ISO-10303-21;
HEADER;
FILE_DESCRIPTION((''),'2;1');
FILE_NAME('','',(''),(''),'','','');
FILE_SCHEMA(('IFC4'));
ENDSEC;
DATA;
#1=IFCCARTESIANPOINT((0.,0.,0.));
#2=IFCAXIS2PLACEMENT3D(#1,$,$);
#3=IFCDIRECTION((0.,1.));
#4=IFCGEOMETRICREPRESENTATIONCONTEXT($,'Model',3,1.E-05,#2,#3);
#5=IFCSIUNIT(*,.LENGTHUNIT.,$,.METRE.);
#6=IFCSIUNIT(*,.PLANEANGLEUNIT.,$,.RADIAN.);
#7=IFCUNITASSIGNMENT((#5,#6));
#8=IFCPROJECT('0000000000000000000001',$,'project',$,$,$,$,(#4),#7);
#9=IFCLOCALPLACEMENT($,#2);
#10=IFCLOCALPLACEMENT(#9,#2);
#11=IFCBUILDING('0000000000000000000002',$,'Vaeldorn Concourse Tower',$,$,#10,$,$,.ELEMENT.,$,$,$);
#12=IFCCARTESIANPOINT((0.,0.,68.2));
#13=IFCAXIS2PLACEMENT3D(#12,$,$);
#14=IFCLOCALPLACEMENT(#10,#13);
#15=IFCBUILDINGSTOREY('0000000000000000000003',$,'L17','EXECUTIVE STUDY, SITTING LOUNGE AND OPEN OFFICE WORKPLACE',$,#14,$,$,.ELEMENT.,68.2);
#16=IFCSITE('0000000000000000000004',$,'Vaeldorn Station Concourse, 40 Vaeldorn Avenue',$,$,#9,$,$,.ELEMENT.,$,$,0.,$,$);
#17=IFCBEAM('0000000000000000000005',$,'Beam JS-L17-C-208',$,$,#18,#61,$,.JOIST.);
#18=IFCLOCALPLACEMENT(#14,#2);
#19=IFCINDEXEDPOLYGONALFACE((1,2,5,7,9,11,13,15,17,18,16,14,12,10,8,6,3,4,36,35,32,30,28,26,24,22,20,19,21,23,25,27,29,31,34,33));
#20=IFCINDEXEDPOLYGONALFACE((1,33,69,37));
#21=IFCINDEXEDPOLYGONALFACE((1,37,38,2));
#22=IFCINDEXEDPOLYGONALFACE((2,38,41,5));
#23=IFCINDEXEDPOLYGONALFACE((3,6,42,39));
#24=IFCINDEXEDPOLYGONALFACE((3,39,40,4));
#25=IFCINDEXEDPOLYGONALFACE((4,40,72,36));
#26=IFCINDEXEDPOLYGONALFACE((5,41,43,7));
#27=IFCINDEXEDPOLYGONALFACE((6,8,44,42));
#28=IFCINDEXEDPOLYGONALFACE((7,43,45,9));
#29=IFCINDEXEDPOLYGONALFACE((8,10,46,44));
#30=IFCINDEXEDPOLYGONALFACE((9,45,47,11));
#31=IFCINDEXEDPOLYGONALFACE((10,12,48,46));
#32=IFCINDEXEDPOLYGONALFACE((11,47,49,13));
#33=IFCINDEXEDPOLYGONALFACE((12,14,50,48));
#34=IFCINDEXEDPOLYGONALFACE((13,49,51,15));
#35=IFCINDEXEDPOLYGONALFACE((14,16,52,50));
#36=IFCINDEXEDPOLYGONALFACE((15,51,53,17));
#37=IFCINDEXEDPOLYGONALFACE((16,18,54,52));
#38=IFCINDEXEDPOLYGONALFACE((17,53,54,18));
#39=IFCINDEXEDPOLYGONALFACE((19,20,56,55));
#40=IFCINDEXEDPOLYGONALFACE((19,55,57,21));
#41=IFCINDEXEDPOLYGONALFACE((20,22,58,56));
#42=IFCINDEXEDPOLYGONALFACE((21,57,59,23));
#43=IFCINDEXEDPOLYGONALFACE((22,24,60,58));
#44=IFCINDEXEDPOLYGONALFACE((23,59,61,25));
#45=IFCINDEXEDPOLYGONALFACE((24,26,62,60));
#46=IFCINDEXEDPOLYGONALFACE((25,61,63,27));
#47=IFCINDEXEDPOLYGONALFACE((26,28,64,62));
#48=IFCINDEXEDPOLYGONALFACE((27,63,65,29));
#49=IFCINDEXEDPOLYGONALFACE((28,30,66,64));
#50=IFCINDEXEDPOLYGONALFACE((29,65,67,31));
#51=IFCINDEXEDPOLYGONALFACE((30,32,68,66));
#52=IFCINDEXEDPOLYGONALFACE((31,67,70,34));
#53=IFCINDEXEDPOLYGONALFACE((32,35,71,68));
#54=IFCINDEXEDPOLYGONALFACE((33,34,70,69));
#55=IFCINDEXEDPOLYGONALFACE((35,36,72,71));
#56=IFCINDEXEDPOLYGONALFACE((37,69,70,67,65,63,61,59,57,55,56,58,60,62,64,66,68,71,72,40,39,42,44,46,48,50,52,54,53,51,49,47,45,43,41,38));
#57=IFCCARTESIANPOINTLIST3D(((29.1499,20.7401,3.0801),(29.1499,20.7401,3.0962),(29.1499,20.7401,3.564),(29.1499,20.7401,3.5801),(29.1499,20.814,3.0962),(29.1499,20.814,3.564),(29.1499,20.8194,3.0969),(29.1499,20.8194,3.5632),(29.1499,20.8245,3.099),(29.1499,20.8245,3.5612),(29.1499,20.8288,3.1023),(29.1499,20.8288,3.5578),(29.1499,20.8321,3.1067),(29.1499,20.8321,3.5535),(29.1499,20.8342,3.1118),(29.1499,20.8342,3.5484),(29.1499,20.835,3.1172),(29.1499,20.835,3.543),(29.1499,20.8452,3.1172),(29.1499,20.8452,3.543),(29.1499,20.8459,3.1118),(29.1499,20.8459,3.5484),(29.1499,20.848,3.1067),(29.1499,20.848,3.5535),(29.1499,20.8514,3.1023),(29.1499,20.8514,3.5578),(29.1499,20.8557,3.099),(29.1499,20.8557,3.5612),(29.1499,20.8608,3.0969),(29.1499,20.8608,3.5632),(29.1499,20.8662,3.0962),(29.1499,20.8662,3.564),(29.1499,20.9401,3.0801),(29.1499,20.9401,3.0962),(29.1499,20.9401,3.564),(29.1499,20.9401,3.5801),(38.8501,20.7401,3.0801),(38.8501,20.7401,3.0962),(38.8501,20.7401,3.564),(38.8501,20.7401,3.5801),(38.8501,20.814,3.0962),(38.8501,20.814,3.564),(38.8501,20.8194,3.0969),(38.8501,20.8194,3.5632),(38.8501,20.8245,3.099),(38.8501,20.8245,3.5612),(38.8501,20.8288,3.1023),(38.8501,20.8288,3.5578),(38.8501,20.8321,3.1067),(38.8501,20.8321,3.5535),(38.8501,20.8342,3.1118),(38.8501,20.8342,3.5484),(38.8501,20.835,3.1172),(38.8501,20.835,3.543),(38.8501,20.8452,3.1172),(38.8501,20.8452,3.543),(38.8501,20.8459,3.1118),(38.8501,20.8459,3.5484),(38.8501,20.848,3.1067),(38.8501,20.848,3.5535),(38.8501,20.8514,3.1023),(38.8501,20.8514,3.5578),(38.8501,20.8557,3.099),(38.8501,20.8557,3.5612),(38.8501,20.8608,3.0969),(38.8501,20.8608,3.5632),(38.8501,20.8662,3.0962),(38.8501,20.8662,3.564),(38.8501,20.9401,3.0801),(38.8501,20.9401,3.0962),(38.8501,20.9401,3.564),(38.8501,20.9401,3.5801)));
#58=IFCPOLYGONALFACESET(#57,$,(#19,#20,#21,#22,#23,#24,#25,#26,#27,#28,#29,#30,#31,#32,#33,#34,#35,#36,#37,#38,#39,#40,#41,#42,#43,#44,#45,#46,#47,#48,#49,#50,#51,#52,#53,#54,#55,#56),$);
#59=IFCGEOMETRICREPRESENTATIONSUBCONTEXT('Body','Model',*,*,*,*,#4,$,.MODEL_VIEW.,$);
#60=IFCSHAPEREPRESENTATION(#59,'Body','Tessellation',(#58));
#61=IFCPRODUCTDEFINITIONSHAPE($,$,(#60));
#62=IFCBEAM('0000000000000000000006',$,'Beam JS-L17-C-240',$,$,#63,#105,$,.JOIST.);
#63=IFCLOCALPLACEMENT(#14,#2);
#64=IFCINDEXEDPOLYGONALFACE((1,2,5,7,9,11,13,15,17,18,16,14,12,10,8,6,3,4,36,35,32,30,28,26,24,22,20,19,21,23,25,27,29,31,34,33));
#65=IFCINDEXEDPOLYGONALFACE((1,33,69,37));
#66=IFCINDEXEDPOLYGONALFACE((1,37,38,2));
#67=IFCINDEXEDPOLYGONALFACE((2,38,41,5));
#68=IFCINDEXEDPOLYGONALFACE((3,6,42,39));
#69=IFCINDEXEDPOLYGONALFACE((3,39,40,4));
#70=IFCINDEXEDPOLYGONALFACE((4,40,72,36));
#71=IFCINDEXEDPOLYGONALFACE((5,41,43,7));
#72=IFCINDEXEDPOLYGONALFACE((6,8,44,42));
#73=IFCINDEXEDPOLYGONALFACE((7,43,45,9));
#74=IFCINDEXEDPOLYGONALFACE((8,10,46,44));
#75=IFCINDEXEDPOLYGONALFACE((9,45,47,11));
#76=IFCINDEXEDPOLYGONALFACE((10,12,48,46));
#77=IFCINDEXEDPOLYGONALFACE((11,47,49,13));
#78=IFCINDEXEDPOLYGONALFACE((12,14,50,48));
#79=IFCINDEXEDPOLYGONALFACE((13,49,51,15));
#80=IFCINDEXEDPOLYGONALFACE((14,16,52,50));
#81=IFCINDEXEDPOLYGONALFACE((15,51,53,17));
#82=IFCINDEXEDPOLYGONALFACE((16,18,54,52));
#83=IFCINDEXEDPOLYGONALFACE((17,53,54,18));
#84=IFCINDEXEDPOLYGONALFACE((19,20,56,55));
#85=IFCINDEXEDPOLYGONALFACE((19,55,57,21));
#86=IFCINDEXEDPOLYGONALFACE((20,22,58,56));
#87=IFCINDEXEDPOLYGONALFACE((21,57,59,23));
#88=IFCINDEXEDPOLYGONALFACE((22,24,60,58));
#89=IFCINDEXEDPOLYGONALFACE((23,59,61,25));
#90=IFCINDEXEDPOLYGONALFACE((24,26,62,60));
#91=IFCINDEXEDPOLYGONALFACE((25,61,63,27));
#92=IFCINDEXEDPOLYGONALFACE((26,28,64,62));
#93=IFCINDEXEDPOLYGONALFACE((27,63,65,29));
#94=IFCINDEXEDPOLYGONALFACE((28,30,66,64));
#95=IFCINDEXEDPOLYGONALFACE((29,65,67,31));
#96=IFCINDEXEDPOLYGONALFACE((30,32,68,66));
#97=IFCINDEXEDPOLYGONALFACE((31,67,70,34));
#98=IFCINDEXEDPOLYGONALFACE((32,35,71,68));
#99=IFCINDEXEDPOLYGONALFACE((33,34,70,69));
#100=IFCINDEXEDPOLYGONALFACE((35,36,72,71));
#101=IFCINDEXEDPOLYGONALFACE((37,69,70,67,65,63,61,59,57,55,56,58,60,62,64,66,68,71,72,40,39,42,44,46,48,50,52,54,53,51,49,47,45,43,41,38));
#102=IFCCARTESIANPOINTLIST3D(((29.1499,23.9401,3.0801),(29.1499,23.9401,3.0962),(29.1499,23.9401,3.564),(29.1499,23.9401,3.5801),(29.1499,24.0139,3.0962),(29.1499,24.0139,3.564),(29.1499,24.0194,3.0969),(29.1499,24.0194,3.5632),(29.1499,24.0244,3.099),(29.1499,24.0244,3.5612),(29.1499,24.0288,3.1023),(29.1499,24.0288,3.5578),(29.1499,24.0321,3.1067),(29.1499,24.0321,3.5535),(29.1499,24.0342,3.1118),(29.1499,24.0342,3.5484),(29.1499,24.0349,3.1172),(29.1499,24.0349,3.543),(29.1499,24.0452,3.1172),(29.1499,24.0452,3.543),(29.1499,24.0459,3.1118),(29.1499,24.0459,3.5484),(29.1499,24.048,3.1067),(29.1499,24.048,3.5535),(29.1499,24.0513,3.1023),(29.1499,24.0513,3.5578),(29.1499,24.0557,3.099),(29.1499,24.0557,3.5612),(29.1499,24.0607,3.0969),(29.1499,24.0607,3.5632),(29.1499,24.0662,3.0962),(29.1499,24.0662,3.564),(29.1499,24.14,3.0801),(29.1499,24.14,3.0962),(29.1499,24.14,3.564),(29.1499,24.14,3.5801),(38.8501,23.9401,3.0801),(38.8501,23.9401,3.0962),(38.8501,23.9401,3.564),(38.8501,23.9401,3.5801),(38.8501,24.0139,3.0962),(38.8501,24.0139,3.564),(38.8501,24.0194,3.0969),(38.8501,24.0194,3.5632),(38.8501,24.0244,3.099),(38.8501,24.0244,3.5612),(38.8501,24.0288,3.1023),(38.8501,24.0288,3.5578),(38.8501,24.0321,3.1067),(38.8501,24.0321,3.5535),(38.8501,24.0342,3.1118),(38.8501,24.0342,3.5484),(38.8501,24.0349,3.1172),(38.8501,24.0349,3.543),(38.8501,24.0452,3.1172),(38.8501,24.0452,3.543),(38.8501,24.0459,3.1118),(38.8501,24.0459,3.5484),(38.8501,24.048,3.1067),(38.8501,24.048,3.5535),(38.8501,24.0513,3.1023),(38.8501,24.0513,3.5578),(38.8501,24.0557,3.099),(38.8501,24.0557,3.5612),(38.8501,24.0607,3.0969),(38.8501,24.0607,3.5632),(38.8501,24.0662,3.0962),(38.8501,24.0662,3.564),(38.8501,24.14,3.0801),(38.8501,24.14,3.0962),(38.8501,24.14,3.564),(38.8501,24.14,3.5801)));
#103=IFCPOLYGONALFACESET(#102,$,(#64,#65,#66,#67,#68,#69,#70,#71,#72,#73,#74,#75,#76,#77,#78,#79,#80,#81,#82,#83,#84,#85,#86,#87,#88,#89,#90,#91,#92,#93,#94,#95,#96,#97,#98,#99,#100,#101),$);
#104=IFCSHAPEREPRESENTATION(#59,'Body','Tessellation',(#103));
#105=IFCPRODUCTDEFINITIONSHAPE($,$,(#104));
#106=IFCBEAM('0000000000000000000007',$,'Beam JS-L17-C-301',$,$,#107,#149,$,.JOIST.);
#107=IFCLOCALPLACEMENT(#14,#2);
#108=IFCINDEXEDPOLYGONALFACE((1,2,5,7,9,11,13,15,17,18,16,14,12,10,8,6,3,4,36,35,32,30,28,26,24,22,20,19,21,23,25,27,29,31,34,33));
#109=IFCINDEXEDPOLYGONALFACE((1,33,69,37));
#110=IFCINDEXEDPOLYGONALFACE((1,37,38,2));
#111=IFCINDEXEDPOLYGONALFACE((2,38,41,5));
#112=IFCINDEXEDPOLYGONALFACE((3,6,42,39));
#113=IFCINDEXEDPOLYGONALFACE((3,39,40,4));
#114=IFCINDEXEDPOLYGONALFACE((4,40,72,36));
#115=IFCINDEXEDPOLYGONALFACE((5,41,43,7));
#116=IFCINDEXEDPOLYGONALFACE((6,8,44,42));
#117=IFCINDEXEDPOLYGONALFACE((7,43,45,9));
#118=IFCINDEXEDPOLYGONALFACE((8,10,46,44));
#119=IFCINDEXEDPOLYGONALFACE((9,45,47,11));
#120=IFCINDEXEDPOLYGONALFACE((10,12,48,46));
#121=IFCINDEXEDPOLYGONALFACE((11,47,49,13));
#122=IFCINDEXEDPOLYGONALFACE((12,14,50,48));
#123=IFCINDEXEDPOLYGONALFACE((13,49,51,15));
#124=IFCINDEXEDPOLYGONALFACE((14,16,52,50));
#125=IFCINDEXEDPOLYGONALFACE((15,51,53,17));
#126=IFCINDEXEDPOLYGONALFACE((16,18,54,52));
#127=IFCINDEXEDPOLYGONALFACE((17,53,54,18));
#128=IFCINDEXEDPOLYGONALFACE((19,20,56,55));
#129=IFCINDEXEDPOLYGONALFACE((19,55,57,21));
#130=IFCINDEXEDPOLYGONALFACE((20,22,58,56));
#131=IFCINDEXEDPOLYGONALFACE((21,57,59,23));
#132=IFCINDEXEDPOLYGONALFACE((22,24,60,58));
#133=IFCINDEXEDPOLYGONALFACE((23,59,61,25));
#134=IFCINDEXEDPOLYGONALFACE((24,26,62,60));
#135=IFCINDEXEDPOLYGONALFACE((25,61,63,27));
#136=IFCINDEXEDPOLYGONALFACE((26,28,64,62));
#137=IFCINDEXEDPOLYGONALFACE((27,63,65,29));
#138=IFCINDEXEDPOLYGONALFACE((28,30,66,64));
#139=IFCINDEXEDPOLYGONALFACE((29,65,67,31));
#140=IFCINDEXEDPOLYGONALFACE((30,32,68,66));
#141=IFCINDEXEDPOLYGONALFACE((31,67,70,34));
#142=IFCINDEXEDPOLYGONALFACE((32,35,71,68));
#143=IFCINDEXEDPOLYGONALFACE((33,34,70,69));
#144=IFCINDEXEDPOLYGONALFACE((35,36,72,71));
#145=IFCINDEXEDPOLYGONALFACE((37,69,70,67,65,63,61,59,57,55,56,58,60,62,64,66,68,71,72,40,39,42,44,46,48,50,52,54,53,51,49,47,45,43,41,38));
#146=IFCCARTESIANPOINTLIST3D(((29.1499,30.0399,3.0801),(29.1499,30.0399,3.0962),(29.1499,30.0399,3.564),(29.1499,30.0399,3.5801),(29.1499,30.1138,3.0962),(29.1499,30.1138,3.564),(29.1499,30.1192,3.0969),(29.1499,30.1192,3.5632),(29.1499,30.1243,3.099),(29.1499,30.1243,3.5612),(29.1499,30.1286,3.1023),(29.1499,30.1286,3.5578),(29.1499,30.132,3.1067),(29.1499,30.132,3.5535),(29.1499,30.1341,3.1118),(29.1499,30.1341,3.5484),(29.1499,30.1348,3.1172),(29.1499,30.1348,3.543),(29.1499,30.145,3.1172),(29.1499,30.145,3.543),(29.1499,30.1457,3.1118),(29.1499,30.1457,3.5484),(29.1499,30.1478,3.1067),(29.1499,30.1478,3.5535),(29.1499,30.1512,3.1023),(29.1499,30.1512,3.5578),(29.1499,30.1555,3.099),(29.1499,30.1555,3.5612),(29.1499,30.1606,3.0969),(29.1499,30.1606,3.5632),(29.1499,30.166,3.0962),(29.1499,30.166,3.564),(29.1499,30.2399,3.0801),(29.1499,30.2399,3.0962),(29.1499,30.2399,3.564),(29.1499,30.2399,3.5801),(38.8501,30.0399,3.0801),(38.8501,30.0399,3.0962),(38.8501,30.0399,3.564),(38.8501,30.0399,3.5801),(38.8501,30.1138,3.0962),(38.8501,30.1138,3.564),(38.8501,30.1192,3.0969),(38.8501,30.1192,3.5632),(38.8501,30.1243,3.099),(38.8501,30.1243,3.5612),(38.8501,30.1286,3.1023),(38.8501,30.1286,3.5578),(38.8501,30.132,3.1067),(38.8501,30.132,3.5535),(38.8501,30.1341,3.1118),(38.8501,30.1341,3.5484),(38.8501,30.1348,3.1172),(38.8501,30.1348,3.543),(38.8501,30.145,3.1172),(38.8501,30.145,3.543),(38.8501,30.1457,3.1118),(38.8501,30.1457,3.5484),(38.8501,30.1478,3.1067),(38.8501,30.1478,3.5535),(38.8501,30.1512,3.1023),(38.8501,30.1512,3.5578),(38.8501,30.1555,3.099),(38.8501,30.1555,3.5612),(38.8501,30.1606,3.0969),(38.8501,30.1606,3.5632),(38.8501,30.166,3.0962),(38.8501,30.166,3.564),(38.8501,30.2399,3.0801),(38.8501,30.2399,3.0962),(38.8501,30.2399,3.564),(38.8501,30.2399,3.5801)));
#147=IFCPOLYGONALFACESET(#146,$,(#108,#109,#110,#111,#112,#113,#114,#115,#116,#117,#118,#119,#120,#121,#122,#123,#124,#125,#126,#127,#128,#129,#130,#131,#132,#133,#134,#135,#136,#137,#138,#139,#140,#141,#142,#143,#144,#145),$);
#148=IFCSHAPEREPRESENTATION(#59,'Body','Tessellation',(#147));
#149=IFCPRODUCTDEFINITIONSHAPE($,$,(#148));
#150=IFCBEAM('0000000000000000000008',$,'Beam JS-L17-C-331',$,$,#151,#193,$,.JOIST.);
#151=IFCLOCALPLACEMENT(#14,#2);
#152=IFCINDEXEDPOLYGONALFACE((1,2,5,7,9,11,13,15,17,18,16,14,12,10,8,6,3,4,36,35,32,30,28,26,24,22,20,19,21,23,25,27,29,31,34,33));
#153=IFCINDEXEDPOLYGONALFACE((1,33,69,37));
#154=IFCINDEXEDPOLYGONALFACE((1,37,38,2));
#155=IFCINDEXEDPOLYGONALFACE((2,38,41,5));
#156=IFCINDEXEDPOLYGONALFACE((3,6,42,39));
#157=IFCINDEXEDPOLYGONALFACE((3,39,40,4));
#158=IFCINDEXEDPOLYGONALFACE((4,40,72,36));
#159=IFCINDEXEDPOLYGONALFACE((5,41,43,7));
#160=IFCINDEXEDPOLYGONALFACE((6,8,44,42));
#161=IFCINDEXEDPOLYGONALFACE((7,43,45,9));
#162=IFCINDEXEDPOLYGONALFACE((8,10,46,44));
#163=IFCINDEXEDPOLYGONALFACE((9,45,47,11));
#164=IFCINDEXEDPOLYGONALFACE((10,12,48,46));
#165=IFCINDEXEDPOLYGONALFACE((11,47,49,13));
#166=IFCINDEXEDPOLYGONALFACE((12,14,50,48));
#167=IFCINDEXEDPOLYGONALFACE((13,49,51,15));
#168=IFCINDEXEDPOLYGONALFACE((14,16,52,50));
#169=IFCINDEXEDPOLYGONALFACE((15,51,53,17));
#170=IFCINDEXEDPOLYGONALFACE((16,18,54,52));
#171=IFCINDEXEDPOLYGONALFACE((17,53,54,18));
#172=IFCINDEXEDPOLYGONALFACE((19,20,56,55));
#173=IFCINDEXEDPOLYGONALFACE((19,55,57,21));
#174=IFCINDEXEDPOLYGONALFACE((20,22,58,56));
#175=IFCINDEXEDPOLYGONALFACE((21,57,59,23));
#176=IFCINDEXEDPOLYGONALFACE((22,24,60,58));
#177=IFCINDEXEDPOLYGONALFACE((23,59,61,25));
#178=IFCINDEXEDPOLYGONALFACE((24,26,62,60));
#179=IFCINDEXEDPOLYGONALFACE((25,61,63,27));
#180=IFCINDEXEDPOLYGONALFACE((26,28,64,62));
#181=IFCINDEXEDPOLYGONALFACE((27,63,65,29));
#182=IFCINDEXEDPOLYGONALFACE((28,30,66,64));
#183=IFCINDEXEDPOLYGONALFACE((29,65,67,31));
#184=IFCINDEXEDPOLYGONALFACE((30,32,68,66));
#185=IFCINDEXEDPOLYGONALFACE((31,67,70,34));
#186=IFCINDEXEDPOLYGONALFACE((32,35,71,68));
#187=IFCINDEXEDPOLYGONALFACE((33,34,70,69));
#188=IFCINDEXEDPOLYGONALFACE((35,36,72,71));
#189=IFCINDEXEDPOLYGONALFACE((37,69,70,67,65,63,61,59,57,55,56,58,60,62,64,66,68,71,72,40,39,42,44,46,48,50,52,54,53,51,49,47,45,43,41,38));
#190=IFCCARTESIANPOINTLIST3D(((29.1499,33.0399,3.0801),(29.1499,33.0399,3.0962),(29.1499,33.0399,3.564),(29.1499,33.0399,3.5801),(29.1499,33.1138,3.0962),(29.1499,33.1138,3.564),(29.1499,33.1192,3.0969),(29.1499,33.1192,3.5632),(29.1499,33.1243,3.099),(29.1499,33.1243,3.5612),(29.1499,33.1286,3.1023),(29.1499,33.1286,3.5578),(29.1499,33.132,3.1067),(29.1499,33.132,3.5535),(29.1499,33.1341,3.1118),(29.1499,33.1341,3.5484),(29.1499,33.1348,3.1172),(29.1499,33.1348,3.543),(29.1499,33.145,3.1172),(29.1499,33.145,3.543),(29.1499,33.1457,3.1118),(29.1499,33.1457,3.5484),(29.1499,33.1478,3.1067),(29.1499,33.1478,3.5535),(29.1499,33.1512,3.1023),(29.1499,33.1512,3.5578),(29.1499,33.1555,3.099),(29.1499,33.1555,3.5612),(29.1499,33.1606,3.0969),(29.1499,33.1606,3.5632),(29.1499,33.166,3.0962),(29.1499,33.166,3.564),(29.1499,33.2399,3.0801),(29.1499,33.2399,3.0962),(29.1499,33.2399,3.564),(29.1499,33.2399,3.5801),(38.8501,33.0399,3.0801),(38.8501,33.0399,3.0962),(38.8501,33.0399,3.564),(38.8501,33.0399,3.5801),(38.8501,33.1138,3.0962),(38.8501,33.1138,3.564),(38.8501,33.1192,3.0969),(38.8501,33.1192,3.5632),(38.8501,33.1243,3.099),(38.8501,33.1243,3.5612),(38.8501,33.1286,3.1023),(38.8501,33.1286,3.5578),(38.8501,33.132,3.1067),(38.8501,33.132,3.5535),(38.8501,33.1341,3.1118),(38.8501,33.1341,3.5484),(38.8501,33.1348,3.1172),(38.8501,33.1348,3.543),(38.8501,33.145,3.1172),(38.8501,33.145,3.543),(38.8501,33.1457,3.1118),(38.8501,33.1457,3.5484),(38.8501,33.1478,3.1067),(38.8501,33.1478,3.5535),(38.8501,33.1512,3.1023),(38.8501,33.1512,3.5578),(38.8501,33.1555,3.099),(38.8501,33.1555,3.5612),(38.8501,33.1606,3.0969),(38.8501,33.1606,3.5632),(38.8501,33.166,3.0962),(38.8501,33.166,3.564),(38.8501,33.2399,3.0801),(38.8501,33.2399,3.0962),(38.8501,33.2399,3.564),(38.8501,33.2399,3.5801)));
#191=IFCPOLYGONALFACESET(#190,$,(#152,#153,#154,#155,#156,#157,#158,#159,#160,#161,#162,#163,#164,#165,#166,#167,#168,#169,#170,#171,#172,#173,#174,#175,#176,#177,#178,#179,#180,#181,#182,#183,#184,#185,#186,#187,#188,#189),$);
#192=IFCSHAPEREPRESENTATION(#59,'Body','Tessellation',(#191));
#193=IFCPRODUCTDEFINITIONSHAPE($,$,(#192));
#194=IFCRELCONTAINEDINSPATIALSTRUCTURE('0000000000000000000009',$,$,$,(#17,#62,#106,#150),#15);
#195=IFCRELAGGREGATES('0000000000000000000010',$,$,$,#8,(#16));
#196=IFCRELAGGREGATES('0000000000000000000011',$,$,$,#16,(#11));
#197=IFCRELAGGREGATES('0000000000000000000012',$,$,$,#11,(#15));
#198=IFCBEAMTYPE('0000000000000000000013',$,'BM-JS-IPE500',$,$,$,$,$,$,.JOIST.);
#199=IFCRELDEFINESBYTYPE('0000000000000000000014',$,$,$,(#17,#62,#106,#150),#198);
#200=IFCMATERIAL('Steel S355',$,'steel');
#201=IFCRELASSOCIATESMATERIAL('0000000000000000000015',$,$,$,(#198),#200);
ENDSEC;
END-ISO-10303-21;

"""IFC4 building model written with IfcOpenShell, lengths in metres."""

from ifc_helpers import new_model, si_unit, direction, frame, origin, origin_2d, place, context, subcontext, project, spatial, i_section, extrude, source, transform, mapped, material, material_profile, profile_set, type_object, element, save


model = new_model("IFC4")

# Units and contexts
model_context = context("Model", 3, precision=1e-05, world=origin(), true_north=direction((0.0, 1.0)))
body_context = subcontext(model_context, "Body", "Model", "MODEL_VIEW")
ifc_project = project(units=[si_unit("LENGTHUNIT", "METRE"), si_unit("PLANEANGLEUNIT", "RADIAN")], contexts=[model_context])

# Site, building, storey
site_placement = place(None, origin())
site = spatial("IfcSite", under=ifc_project, at=site_placement, Name="Vaeldorn Station Concourse, 40 Vaeldorn Avenue", CompositionType="ELEMENT", RefElevation=0.0)
building_placement = place(site_placement, origin())
building = spatial("IfcBuilding", under=site, at=building_placement, Name="Vaeldorn Concourse Tower", CompositionType="ELEMENT")
storey_placement = place(building_placement, frame((0.0, 0.0, 68.2)))
storey = spatial("IfcBuildingStorey", under=building, at=storey_placement, Name="L17", Description="EXECUTIVE STUDY, SITTING LOUNGE AND OPEN OFFICE WORKPLACE", CompositionType="ELEMENT", Elevation=68.2)

# Beams
ifc_material_1 = material(Name="Steel S355", Category="steel")
ifc_material_profile_1 = material_profile(ifc_material_1, i_section(OverallWidth=0.2, OverallDepth=0.5, WebThickness=0.0103, FlangeThickness=0.0161, FilletRadius=0.021, at=origin_2d()), Name="IPE 500")
ifc_profile_set_1 = profile_set([ifc_material_profile_1], Name="Steel S355")
beam_type_1 = type_object("IfcBeamType", Name="BM-JS-IPE500", PredefinedType="JOIST", material=ifc_profile_set_1)
shared_shape_1 = source(origin(), body_context, "Body", "SweptSolid", [
    extrude(i_section(OverallWidth=0.2, OverallDepth=0.5, WebThickness=0.0103, FlangeThickness=0.0161, FilletRadius=0.021, at=origin_2d()), origin(), (0.0, 0.0, 1.0), 9.7002),
])
for number, where, z_axis, x_axis, name in (
    (1, (29.1499, 20.8401, 3.3301), (1.0, 0.0, 0.0), (0.0, 1.0, 0.0), "Beam JS-L17-C-208"),
    (2, (29.1499, 24.04, 3.3301), (1.0, 0.0, 0.0), (0.0, 1.0, 0.0), "Beam JS-L17-C-240"),
    (3, (29.1499, 30.1399, 3.3301), (1.0, 0.0, 0.0), (0.0, 1.0, 0.0), "Beam JS-L17-C-301"),
    (4, (29.1499, 33.1399, 3.3301), (1.0, 0.0, 0.0), (0.0, 1.0, 0.0), "Beam JS-L17-C-331"),
):
    element("IfcBeam", number, at=place(storey_placement, frame(where, z_axis=z_axis, x_axis=x_axis)), inside=storey, type_object=beam_type_1, Name=name, PredefinedType="JOIST", context=body_context, shape_type="MappedRepresentation", body=[
        mapped(shared_shape_1, transform((0.0, 0.0, 0.0), scale=1.0)),
    ])

save(model, "model.ifc")
